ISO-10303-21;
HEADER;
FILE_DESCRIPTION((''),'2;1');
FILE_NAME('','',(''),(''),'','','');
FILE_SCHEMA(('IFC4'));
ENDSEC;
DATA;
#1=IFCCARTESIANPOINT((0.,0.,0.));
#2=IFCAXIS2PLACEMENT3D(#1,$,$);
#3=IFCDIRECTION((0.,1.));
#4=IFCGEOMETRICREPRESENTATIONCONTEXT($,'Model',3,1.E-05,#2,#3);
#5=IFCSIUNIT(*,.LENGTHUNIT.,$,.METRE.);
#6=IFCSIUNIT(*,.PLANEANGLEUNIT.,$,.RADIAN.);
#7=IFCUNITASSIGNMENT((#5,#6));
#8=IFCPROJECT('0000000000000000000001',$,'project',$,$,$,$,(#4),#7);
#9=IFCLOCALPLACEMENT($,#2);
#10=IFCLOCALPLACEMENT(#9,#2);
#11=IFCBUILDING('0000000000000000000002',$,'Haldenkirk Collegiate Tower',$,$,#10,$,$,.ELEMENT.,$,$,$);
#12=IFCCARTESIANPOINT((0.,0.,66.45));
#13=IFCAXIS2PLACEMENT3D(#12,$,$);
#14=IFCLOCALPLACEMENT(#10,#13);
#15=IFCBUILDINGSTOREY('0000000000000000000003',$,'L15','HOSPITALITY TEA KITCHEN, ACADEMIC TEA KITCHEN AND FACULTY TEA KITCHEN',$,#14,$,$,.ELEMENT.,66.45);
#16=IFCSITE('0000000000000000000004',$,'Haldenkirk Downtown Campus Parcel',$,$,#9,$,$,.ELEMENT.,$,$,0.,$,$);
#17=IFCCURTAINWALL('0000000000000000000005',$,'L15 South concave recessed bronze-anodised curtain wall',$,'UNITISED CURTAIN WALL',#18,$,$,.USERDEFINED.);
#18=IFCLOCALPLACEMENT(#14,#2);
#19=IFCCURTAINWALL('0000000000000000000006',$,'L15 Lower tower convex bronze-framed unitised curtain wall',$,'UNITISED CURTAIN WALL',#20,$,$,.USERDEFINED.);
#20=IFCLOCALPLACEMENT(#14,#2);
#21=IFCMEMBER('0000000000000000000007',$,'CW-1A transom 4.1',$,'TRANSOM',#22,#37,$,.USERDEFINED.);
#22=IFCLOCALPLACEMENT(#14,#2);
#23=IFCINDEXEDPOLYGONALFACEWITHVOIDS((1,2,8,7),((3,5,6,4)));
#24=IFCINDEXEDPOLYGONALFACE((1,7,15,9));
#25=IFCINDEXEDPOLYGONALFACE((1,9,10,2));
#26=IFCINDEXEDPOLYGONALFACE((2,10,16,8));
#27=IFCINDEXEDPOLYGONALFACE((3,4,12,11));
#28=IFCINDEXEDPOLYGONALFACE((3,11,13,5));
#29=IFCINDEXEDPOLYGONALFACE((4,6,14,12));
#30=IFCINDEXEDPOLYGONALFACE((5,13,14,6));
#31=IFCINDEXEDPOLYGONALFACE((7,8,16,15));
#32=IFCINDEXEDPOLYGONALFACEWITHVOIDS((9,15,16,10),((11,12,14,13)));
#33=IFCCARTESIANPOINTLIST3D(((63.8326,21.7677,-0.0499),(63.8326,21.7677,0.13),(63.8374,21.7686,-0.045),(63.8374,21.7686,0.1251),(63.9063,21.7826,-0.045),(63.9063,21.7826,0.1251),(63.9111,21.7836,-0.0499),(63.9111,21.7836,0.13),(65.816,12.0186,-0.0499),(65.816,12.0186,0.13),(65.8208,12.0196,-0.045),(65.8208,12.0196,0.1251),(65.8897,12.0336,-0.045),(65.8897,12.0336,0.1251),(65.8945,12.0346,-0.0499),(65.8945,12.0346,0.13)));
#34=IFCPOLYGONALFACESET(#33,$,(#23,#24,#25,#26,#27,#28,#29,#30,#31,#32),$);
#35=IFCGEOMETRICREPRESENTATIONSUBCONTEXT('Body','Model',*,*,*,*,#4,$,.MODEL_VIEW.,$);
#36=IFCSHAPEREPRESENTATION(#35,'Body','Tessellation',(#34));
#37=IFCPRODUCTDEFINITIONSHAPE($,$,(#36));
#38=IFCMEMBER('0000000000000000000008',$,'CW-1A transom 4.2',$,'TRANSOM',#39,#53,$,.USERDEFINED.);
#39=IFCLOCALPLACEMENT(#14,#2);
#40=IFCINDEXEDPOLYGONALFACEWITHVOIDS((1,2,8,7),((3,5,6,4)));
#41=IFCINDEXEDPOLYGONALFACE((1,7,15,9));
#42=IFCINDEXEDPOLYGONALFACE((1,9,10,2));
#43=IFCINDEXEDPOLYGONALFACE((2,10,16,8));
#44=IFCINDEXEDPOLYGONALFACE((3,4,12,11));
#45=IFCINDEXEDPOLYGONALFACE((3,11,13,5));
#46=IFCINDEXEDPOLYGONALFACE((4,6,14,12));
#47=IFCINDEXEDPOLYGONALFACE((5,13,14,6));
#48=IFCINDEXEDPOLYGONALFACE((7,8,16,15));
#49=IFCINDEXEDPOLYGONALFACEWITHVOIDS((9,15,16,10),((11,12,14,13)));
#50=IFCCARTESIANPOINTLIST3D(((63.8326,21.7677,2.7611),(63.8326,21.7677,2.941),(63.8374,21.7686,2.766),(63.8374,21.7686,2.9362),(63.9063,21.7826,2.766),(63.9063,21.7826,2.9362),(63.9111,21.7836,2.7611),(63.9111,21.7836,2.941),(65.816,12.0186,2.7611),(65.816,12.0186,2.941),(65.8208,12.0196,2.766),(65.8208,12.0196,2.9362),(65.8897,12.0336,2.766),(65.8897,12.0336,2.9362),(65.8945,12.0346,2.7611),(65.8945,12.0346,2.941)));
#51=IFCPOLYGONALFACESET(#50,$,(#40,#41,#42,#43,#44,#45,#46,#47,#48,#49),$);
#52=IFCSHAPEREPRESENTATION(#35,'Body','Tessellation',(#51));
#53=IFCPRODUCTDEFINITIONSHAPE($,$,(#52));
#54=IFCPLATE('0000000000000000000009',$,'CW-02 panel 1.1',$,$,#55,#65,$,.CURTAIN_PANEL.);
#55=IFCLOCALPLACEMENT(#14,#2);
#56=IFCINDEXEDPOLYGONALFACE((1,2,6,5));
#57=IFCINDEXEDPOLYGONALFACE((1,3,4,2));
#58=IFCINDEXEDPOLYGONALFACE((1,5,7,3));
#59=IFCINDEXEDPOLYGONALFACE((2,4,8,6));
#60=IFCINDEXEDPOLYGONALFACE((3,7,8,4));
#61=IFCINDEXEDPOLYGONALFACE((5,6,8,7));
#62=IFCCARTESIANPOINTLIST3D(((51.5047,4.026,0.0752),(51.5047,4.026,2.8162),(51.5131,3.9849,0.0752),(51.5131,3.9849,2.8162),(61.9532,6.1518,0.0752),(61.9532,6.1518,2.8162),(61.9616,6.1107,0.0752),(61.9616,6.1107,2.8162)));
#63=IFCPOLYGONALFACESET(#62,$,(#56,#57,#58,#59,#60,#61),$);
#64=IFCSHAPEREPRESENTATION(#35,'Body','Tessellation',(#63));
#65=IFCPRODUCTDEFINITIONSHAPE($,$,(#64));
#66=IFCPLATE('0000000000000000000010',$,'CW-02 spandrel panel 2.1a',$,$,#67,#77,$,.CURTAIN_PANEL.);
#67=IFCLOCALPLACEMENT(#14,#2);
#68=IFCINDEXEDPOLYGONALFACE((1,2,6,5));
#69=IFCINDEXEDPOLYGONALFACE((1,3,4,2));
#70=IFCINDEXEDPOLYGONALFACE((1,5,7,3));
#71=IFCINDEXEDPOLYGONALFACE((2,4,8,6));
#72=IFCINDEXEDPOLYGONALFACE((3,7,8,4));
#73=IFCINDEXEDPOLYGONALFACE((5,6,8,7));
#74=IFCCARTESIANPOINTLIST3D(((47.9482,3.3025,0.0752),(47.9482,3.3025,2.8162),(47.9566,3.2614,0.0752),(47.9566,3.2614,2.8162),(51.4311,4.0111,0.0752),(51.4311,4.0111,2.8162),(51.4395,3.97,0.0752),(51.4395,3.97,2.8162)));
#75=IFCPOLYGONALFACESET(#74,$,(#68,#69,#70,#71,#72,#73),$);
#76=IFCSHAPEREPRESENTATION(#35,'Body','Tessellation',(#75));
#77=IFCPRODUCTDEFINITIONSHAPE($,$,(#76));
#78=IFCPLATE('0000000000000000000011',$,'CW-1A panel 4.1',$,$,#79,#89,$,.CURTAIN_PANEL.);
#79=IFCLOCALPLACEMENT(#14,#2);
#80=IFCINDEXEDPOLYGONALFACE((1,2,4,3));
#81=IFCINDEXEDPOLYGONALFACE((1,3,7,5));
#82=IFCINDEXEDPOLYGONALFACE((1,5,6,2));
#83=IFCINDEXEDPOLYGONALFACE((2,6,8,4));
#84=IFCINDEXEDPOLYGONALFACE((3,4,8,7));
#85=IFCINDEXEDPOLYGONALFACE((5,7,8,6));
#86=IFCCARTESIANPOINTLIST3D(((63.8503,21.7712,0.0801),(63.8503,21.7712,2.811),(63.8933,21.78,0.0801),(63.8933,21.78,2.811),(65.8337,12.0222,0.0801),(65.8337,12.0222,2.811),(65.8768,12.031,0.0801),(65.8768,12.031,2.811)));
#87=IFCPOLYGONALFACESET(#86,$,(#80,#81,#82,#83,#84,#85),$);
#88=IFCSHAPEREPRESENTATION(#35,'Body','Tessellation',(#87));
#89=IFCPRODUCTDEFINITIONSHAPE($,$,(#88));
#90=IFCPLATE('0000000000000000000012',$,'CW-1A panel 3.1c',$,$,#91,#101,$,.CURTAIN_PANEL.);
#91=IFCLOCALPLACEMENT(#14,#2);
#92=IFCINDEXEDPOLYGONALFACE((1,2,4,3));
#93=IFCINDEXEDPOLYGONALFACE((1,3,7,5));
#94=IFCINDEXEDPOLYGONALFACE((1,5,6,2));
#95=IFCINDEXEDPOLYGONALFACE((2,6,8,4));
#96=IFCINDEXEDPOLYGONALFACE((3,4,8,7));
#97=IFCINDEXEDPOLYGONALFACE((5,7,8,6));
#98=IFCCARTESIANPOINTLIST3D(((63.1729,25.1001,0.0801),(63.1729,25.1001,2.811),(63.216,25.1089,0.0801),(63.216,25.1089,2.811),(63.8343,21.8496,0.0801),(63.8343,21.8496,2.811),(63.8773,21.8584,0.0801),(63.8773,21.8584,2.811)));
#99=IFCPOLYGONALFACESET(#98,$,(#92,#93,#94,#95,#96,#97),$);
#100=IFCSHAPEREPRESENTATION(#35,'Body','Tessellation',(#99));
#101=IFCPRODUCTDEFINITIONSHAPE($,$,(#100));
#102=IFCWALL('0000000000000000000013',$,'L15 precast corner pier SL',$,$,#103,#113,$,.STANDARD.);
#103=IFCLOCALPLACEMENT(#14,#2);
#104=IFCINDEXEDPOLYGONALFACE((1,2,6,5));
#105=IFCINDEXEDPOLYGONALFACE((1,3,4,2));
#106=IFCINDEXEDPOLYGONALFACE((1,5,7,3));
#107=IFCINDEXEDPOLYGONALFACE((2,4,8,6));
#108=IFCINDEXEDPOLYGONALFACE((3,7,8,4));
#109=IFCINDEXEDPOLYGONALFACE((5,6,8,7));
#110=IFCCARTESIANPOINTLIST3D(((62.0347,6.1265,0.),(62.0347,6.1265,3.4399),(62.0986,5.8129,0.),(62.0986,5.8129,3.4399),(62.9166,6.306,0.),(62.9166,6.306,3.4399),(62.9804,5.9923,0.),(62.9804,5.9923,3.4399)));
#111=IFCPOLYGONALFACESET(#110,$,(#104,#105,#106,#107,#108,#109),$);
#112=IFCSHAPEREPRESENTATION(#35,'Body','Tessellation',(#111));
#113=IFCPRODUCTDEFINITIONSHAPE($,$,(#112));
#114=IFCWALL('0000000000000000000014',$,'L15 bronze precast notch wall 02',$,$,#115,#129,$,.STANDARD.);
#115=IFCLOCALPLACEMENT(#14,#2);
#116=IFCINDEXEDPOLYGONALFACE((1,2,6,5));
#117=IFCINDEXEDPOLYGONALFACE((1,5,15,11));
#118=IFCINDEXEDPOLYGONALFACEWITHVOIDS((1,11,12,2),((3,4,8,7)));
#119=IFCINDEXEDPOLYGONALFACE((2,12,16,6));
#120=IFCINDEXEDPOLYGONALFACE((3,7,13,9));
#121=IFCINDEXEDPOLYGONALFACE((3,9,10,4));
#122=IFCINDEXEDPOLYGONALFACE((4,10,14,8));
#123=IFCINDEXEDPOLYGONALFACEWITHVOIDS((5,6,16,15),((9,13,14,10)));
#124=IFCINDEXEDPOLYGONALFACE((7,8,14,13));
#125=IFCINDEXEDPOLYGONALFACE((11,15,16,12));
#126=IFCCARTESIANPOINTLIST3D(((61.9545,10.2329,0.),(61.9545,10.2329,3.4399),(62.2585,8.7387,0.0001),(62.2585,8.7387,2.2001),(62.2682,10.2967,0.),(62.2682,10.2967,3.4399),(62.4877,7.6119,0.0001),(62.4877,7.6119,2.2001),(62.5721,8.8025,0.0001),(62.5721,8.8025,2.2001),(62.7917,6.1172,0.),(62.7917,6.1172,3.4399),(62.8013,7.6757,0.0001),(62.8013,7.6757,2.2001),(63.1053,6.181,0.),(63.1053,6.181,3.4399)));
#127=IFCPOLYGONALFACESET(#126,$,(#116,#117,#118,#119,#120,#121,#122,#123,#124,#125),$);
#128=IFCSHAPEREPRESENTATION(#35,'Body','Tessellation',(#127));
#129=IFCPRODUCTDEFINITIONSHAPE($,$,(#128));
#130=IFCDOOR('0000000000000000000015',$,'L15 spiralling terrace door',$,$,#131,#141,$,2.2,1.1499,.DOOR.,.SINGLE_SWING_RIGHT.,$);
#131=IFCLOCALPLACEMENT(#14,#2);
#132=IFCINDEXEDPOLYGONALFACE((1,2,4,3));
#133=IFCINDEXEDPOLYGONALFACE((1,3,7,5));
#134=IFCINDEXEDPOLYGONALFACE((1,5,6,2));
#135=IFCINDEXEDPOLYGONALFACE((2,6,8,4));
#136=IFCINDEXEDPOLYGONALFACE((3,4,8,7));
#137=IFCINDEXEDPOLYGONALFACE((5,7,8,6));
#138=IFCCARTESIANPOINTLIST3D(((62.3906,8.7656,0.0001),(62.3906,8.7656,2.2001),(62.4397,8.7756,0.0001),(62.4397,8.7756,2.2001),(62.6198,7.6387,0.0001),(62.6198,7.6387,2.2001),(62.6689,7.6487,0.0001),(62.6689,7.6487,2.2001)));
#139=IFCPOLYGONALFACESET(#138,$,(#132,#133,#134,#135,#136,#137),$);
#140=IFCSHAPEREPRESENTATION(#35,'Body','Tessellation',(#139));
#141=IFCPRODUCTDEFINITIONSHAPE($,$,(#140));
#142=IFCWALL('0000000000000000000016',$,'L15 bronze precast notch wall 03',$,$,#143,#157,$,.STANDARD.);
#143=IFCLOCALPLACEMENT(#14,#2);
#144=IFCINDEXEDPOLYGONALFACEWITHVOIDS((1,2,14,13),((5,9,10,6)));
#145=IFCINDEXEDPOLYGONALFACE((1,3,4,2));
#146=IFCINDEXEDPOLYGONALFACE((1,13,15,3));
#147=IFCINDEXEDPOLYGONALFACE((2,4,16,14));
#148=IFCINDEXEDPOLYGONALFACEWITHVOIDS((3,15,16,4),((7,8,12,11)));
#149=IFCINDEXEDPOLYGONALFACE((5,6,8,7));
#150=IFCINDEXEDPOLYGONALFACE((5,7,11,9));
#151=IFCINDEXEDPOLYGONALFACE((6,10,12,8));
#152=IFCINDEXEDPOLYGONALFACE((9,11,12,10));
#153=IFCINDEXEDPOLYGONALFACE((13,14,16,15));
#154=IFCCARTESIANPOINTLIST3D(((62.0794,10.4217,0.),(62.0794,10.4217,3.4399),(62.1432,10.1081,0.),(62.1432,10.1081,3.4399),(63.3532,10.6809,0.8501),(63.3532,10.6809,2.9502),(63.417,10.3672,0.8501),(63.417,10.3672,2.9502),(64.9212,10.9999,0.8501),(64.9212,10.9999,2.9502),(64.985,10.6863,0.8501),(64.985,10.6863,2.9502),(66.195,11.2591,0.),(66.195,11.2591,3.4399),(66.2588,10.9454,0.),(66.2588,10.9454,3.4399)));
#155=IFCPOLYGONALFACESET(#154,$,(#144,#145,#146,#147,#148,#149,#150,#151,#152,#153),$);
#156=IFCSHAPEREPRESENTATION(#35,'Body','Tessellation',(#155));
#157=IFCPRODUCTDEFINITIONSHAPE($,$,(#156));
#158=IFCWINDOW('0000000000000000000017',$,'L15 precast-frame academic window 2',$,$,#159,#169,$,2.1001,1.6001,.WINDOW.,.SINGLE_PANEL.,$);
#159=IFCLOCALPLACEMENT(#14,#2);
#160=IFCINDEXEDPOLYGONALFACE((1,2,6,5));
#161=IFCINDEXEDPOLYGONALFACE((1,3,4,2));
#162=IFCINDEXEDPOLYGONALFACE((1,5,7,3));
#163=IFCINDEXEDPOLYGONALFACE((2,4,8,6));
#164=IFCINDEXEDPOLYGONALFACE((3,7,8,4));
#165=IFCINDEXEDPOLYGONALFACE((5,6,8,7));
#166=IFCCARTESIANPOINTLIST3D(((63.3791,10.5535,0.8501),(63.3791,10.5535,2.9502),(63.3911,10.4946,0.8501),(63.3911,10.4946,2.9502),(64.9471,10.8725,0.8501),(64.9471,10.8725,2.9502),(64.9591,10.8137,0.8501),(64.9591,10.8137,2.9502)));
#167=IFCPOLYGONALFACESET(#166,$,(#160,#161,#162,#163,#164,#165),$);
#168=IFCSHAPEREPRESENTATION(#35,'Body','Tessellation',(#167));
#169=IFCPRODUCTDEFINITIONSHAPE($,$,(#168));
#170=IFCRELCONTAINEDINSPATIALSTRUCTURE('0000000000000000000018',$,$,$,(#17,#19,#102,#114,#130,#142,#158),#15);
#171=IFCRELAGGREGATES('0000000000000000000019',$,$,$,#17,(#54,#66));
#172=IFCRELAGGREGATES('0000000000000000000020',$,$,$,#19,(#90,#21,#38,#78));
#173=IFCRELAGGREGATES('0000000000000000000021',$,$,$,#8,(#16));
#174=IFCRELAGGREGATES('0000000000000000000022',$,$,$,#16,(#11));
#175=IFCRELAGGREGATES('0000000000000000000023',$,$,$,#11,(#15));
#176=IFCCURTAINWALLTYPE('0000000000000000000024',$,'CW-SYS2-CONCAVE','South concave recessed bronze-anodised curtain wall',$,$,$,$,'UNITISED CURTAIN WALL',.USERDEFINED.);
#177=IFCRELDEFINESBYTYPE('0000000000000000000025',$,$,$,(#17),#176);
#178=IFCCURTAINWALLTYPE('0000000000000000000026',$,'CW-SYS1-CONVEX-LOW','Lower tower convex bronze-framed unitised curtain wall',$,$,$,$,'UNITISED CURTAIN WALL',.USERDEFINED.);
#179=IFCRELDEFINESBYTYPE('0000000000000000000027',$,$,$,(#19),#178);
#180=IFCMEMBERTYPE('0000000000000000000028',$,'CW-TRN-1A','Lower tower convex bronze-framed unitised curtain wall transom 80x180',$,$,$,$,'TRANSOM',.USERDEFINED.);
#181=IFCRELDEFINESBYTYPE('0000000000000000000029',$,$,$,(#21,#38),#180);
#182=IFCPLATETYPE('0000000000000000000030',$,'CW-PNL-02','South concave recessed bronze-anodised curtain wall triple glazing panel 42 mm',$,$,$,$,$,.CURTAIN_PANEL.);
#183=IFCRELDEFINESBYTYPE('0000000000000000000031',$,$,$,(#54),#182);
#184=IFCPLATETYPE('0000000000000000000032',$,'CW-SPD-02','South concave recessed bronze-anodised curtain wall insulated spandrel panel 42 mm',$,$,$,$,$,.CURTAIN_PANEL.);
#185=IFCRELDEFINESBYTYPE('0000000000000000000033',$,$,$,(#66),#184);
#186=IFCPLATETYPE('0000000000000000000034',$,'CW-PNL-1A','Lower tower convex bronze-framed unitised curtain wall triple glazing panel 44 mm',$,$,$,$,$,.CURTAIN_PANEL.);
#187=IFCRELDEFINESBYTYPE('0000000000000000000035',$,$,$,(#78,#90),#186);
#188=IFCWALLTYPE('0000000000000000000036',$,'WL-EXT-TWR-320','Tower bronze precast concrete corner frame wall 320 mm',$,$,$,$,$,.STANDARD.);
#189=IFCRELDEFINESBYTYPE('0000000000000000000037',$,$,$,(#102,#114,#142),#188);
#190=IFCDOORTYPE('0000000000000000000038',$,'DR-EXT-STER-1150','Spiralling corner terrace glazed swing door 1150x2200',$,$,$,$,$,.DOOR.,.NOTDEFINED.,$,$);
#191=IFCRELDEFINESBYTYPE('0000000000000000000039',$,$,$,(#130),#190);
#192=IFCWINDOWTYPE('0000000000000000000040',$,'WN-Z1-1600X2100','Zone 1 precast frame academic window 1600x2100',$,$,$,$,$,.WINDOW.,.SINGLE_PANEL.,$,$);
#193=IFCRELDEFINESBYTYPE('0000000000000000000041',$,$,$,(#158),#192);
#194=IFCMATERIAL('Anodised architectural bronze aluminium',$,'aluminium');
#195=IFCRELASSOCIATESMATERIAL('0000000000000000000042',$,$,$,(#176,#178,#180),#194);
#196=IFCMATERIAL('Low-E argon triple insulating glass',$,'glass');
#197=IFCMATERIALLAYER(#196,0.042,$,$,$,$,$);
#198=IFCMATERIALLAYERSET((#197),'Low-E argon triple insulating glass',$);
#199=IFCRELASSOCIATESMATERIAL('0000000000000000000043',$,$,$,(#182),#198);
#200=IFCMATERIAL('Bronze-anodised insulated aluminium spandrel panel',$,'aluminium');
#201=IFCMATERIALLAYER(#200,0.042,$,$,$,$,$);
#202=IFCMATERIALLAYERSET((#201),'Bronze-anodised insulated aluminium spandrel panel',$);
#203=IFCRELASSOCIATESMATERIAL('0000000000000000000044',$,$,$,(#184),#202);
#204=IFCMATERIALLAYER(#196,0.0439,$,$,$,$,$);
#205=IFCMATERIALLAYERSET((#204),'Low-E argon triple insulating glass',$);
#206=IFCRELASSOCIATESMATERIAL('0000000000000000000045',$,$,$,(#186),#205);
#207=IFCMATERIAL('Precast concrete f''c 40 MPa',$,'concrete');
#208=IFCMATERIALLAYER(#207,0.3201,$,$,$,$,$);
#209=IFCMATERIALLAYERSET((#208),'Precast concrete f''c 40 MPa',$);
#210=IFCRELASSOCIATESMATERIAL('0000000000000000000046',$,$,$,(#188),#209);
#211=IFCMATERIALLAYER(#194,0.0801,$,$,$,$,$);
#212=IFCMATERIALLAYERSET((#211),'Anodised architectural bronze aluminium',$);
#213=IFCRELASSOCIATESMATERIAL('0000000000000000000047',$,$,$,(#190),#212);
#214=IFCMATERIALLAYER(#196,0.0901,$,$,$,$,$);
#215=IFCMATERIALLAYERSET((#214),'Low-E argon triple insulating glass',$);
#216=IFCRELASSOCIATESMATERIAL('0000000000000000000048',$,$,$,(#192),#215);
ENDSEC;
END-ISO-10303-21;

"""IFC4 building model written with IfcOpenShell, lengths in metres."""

from ifc_helpers import new_model, si_unit, direction, frame, frame_2d, origin, origin_2d, place, context, subcontext, project, spatial, rectangle, hollow_rectangle, extrude, source, transform, mapped, material, layer, layer_set, material_profile, profile_set, type_object, element, fill, aggregate, save


model = new_model("IFC4")

# Units and contexts
model_context = context("Model", 3, precision=1e-05, world=origin(), true_north=direction((0.0, 1.0)))
body_context = subcontext(model_context, "Body", "Model", "MODEL_VIEW")
ifc_project = project(units=[si_unit("LENGTHUNIT", "METRE"), si_unit("PLANEANGLEUNIT", "RADIAN")], contexts=[model_context])

# Site, building, storey
site_placement = place(None, origin())
site = spatial("IfcSite", under=ifc_project, at=site_placement, Name="Haldenkirk Downtown Campus Parcel", CompositionType="ELEMENT", RefElevation=0.0)
building_placement = place(site_placement, origin())
building = spatial("IfcBuilding", under=site, at=building_placement, Name="Haldenkirk Collegiate Tower", CompositionType="ELEMENT")
storey_placement = place(building_placement, frame((0.0, 0.0, 66.45)))
storey = spatial("IfcBuildingStorey", under=building, at=storey_placement, Name="L15", Description="HOSPITALITY TEA KITCHEN, ACADEMIC TEA KITCHEN AND FACULTY TEA KITCHEN", CompositionType="ELEMENT", Elevation=66.45)

# Curtain walls
ifc_material_1 = material(Name="Anodised architectural bronze aluminium", Category="aluminium")
curtain_wall_type_1 = type_object("IfcCurtainWallType", Name="CW-SYS2-CONCAVE", Description="South concave recessed bronze-anodised curtain wall", ElementType="UNITISED CURTAIN WALL", PredefinedType="USERDEFINED", material=ifc_material_1)
curtain_wall_1_placement = place(storey_placement, origin())
curtain_wall_1 = element("IfcCurtainWall", 1, at=curtain_wall_1_placement, inside=storey, type_object=curtain_wall_type_1, Name="L15 South concave recessed bronze-anodised curtain wall", ObjectType="UNITISED CURTAIN WALL", PredefinedType="USERDEFINED")
curtain_wall_type_2 = type_object("IfcCurtainWallType", Name="CW-SYS1-CONVEX-LOW", Description="Lower tower convex bronze-framed unitised curtain wall", ElementType="UNITISED CURTAIN WALL", PredefinedType="USERDEFINED", material=ifc_material_1)
curtain_wall_2_placement = place(storey_placement, origin())
curtain_wall_2 = element("IfcCurtainWall", 2, at=curtain_wall_2_placement, inside=storey, type_object=curtain_wall_type_2, Name="L15 Lower tower convex bronze-framed unitised curtain wall", ObjectType="UNITISED CURTAIN WALL", PredefinedType="USERDEFINED")

# Members
ifc_material_profile_1 = material_profile(ifc_material_1, hollow_rectangle(XDim=0.0801, YDim=0.1799, WallThickness=0.0049, at=origin_2d()), Name="CW-TRN-1A")
ifc_profile_set_1 = profile_set([ifc_material_profile_1], Name="Anodised architectural bronze aluminium")
member_type_1 = type_object("IfcMemberType", Name="CW-TRN-1A", Description="Lower tower convex bronze-framed unitised curtain wall transom 80x180", ElementType="TRANSOM", PredefinedType="USERDEFINED", material=ifc_profile_set_1)
member_1_placement = place(storey_placement, frame((63.8718, 21.7756, 0.04), z_axis=(0.199362, -0.979926, 0.0), x_axis=(0.979926, 0.199362, 0.0)))
member_1 = element("IfcMember", 3, at=member_1_placement, type_object=member_type_1, Name="CW-1A transom 4.1", ObjectType="TRANSOM", PredefinedType="USERDEFINED", context=body_context, shape_type="SweptSolid", body=[
    extrude(hollow_rectangle(XDim=0.0801, YDim=0.1799, WallThickness=0.0049, at=origin_2d()), origin(), (0.0, 0.0, 1.0), 9.9487),
])
member_2_placement = place(storey_placement, frame((63.8718, 21.7756, 2.8511), z_axis=(0.199362, -0.979926, 0.0), x_axis=(0.979926, 0.199362, 0.0)))
member_2 = element("IfcMember", 4, at=member_2_placement, type_object=member_type_1, Name="CW-1A transom 4.2", ObjectType="TRANSOM", PredefinedType="USERDEFINED", context=body_context, shape_type="SweptSolid", body=[
    extrude(hollow_rectangle(XDim=0.0801, YDim=0.1799, WallThickness=0.0049, at=origin_2d()), origin(), (0.0, 0.0, 1.0), 9.9487),
])

# Plates
ifc_material_2 = material(Name="Low-E argon triple insulating glass", Category="glass")
ifc_layer_1 = layer(ifc_material_2, 0.042)
ifc_layer_set_1 = layer_set([ifc_layer_1], Name="Low-E argon triple insulating glass")
plate_type_1 = type_object("IfcPlateType", Name="CW-PNL-02", Description="South concave recessed bronze-anodised curtain wall triple glazing panel 42 mm", PredefinedType="CURTAIN_PANEL", material=ifc_layer_set_1)
shared_shape_1 = source(origin(), body_context, "Body", "SweptSolid", [
    extrude(rectangle(XDim=10.6626, YDim=0.042, at=origin_2d()), origin(), (0.0, 0.0, 1.0), 2.741),
])
plate_1_placement = place(storey_placement, frame((56.7332, 5.0684, 0.0752), z_axis=(0.0, 0.0, 1.0), x_axis=(-0.979925, -0.199369, 0.0)))
plate_1 = element("IfcPlate", 5, at=plate_1_placement, type_object=plate_type_1, Name="CW-02 panel 1.1", PredefinedType="CURTAIN_PANEL", context=body_context, shape_type="MappedRepresentation", body=[
    mapped(shared_shape_1, transform((0.0, 0.0, 0.0), x_axis=(1.0, 0.0, 0.0), y_axis=(0.0, 1.0, 0.0), z_axis=(0.0, 0.0, 1.0), scale=1.0)),
])
ifc_material_3 = material(Name="Bronze-anodised insulated aluminium spandrel panel", Category="aluminium")
ifc_layer_2 = layer(ifc_material_3, 0.042)
ifc_layer_set_2 = layer_set([ifc_layer_2], Name="Bronze-anodised insulated aluminium spandrel panel")
plate_type_2 = type_object("IfcPlateType", Name="CW-SPD-02", Description="South concave recessed bronze-anodised curtain wall insulated spandrel panel 42 mm", PredefinedType="CURTAIN_PANEL", material=ifc_layer_set_2)
shared_shape_2 = source(origin(), body_context, "Body", "SweptSolid", [
    extrude(rectangle(XDim=3.5542, YDim=0.042, at=origin_2d()), origin(), (0.0, 0.0, 1.0), 2.741),
])
plate_2_placement = place(storey_placement, frame((49.6938, 3.6362, 0.0752), z_axis=(0.0, 0.0, 1.0), x_axis=(-0.979925, -0.199369, 0.0)))
plate_2 = element("IfcPlate", 6, at=plate_2_placement, type_object=plate_type_2, Name="CW-02 spandrel panel 2.1a", PredefinedType="CURTAIN_PANEL", context=body_context, shape_type="MappedRepresentation", body=[
    mapped(shared_shape_2, transform((0.0, 0.0, 0.0), x_axis=(1.0, 0.0, 0.0), y_axis=(0.0, 1.0, 0.0), z_axis=(0.0, 0.0, 1.0), scale=1.0)),
])
aggregate(curtain_wall_1, [plate_1, plate_2])
ifc_layer_3 = layer(ifc_material_2, 0.0439)
ifc_layer_set_3 = layer_set([ifc_layer_3], Name="Low-E argon triple insulating glass")
plate_type_3 = type_object("IfcPlateType", Name="CW-PNL-1A", Description="Lower tower convex bronze-framed unitised curtain wall triple glazing panel 44 mm", PredefinedType="CURTAIN_PANEL", material=ifc_layer_set_3)
shared_shape_3 = source(origin(), body_context, "Body", "SweptSolid", [
    extrude(rectangle(XDim=9.9487, YDim=0.0439, at=origin_2d()), origin(), (0.0, 0.0, 1.0), 2.731),
])
plate_3_placement = place(storey_placement, frame((64.8635, 16.9011, 0.0801), z_axis=(0.0, 0.0, 1.0), x_axis=(0.199369, -0.979924, 0.0)))
plate_3 = element("IfcPlate", 7, at=plate_3_placement, type_object=plate_type_3, Name="CW-1A panel 4.1", PredefinedType="CURTAIN_PANEL", context=body_context, shape_type="MappedRepresentation", body=[
    mapped(shared_shape_3, transform((0.0, 0.0, 0.0), x_axis=(1.0, 0.0, 0.0), y_axis=(0.0, 1.0, 0.0), z_axis=(0.0, 0.0, 1.0), scale=1.0)),
])
shared_shape_4 = source(origin(), body_context, "Body", "SweptSolid", [
    extrude(rectangle(XDim=3.3171, YDim=0.0439, at=origin_2d()), origin(), (0.0, 0.0, 1.0), 2.731),
])
plate_4_placement = place(storey_placement, frame((63.5251, 23.4792, 0.0801), z_axis=(0.0, 0.0, 1.0), x_axis=(0.199369, -0.979924, 0.0)))
plate_4 = element("IfcPlate", 8, at=plate_4_placement, type_object=plate_type_3, Name="CW-1A panel 3.1c", PredefinedType="CURTAIN_PANEL", context=body_context, shape_type="MappedRepresentation", body=[
    mapped(shared_shape_4, transform((0.0, 0.0, 0.0), x_axis=(1.0, 0.0, 0.0), y_axis=(0.0, 1.0, 0.0), z_axis=(0.0, 0.0, 1.0), scale=1.0)),
])
aggregate(curtain_wall_2, [plate_4, member_1, member_2, plate_3])

# Wall
ifc_material_4 = material(Name="Precast concrete f'c 40 MPa", Category="concrete")
ifc_layer_4 = layer(ifc_material_4, 0.3201)
ifc_layer_set_4 = layer_set([ifc_layer_4], Name="Precast concrete f'c 40 MPa")
wall_type_1 = type_object("IfcWallType", Name="WL-EXT-TWR-320", Description="Tower bronze precast concrete corner frame wall 320 mm", PredefinedType="STANDARD", material=ifc_layer_set_4)
wall_1_placement = place(storey_placement, frame((62.9485, 6.1492, 0.0), z_axis=(0.0, 0.0, 1.0), x_axis=(-0.979918, -0.199402, 0.0)))
element("IfcWall", 9, at=wall_1_placement, inside=storey, type_object=wall_type_1, Name="L15 precast corner pier SL", PredefinedType="STANDARD", context=body_context, shape_type="SweptSolid", body=[
    extrude(rectangle(XDim=0.8999, YDim=0.3201, at=frame_2d((0.45, 0.0))), origin(), (0.0, 0.0, 1.0), 3.4399),
])

# Wall, opening, door
wall_2_placement = place(storey_placement, frame((62.1113, 10.2649, 0.0), z_axis=(0.0, 0.0, 1.0), x_axis=(0.199323, -0.979934, 0.0)))
wall_2 = element("IfcWall", 10, at=wall_2_placement, inside=storey, type_object=wall_type_1, Name="L15 bronze precast notch wall 02", PredefinedType="STANDARD", context=body_context, shape_type="SweptSolid", body=[
    extrude(rectangle(XDim=4.2, YDim=0.3201, at=frame_2d((2.1001, 0.0))), origin(), (0.0, 0.0, 1.0), 3.4399),
])
opening_1_placement = place(wall_2_placement, frame((1.5249, 0.0, 0.0)))
opening_1 = element("IfcOpeningElement", 11, at=opening_1_placement, cuts=wall_2, PredefinedType="OPENING", context=body_context, shape_type="SweptSolid", body=[
    extrude(rectangle(XDim=1.1499, YDim=2.2, at=frame_2d((0.575, 1.1001))), frame((0.0, 0.1699, 0.0), z_axis=(0.0, -1.0, 0.0), x_axis=(1.0, 0.0, 0.0)), (0.0, 0.0, 1.0), 0.3401),
])
ifc_layer_5 = layer(ifc_material_1, 0.0801)
ifc_layer_set_5 = layer_set([ifc_layer_5], Name="Anodised architectural bronze aluminium")
door_type = type_object("IfcDoorType", Name="DR-EXT-STER-1150", Description="Spiralling corner terrace glazed swing door 1150x2200", OperationType="NOTDEFINED", PredefinedType="DOOR", material=ifc_layer_set_5)
door_placement = place(opening_1_placement, origin())
door = element("IfcDoor", 12, at=door_placement, inside=storey, type_object=door_type, Name="L15 spiralling terrace door", OperationType="SINGLE_SWING_RIGHT", OverallHeight=2.2, OverallWidth=1.1499, PredefinedType="DOOR", context=body_context, shape_type="SweptSolid", body=[
    extrude(rectangle(XDim=1.1499, YDim=2.2, at=frame_2d((0.575, 1.1001))), frame((0.0, 0.0249, 0.0), z_axis=(0.0, -1.0, 0.0), x_axis=(1.0, 0.0, 0.0)), (0.0, 0.0, 1.0), 0.05),
])
fill(opening_1, door)

# Wall, opening, window
wall_3_placement = place(storey_placement, frame((66.2271, 11.1023, 0.0), z_axis=(0.0, 0.0, 1.0), x_axis=(-0.979922, -0.199379, 0.0)))
wall_3 = element("IfcWall", 13, at=wall_3_placement, inside=storey, type_object=wall_type_1, Name="L15 bronze precast notch wall 03", PredefinedType="STANDARD", context=body_context, shape_type="SweptSolid", body=[
    extrude(rectangle(XDim=4.2, YDim=0.3201, at=frame_2d((2.1001, 0.0))), origin(), (0.0, 0.0, 1.0), 3.4399),
])
opening_2_placement = place(wall_3_placement, frame((1.3, 0.0, 0.8501)))
opening_2 = element("IfcOpeningElement", 14, at=opening_2_placement, cuts=wall_3, PredefinedType="OPENING", context=body_context, shape_type="SweptSolid", body=[
    extrude(rectangle(XDim=1.6001, YDim=2.1001, at=frame_2d((0.8, 1.05))), frame((0.0, 0.1699, 0.0), z_axis=(0.0, -1.0, 0.0), x_axis=(1.0, 0.0, 0.0)), (0.0, 0.0, 1.0), 0.3401),
])
ifc_layer_6 = layer(ifc_material_2, 0.0901)
ifc_layer_set_6 = layer_set([ifc_layer_6], Name="Low-E argon triple insulating glass")
window_type = type_object("IfcWindowType", Name="WN-Z1-1600X2100", Description="Zone 1 precast frame academic window 1600x2100", PartitioningType="SINGLE_PANEL", PredefinedType="WINDOW", material=ifc_layer_set_6)
window_placement = place(opening_2_placement, origin())
window = element("IfcWindow", 15, at=window_placement, inside=storey, type_object=window_type, Name="L15 precast-frame academic window 2", OverallHeight=2.1001, OverallWidth=1.6001, PartitioningType="SINGLE_PANEL", PredefinedType="WINDOW", context=body_context, shape_type="SweptSolid", body=[
    extrude(rectangle(XDim=1.6001, YDim=2.1001, at=frame_2d((0.8, 1.05))), frame((0.0, 0.03, 0.0), z_axis=(0.0, -1.0, 0.0), x_axis=(1.0, 0.0, 0.0)), (0.0, 0.0, 1.0), 0.0601),
])
fill(opening_2, window)

save(model, "model.ifc")
